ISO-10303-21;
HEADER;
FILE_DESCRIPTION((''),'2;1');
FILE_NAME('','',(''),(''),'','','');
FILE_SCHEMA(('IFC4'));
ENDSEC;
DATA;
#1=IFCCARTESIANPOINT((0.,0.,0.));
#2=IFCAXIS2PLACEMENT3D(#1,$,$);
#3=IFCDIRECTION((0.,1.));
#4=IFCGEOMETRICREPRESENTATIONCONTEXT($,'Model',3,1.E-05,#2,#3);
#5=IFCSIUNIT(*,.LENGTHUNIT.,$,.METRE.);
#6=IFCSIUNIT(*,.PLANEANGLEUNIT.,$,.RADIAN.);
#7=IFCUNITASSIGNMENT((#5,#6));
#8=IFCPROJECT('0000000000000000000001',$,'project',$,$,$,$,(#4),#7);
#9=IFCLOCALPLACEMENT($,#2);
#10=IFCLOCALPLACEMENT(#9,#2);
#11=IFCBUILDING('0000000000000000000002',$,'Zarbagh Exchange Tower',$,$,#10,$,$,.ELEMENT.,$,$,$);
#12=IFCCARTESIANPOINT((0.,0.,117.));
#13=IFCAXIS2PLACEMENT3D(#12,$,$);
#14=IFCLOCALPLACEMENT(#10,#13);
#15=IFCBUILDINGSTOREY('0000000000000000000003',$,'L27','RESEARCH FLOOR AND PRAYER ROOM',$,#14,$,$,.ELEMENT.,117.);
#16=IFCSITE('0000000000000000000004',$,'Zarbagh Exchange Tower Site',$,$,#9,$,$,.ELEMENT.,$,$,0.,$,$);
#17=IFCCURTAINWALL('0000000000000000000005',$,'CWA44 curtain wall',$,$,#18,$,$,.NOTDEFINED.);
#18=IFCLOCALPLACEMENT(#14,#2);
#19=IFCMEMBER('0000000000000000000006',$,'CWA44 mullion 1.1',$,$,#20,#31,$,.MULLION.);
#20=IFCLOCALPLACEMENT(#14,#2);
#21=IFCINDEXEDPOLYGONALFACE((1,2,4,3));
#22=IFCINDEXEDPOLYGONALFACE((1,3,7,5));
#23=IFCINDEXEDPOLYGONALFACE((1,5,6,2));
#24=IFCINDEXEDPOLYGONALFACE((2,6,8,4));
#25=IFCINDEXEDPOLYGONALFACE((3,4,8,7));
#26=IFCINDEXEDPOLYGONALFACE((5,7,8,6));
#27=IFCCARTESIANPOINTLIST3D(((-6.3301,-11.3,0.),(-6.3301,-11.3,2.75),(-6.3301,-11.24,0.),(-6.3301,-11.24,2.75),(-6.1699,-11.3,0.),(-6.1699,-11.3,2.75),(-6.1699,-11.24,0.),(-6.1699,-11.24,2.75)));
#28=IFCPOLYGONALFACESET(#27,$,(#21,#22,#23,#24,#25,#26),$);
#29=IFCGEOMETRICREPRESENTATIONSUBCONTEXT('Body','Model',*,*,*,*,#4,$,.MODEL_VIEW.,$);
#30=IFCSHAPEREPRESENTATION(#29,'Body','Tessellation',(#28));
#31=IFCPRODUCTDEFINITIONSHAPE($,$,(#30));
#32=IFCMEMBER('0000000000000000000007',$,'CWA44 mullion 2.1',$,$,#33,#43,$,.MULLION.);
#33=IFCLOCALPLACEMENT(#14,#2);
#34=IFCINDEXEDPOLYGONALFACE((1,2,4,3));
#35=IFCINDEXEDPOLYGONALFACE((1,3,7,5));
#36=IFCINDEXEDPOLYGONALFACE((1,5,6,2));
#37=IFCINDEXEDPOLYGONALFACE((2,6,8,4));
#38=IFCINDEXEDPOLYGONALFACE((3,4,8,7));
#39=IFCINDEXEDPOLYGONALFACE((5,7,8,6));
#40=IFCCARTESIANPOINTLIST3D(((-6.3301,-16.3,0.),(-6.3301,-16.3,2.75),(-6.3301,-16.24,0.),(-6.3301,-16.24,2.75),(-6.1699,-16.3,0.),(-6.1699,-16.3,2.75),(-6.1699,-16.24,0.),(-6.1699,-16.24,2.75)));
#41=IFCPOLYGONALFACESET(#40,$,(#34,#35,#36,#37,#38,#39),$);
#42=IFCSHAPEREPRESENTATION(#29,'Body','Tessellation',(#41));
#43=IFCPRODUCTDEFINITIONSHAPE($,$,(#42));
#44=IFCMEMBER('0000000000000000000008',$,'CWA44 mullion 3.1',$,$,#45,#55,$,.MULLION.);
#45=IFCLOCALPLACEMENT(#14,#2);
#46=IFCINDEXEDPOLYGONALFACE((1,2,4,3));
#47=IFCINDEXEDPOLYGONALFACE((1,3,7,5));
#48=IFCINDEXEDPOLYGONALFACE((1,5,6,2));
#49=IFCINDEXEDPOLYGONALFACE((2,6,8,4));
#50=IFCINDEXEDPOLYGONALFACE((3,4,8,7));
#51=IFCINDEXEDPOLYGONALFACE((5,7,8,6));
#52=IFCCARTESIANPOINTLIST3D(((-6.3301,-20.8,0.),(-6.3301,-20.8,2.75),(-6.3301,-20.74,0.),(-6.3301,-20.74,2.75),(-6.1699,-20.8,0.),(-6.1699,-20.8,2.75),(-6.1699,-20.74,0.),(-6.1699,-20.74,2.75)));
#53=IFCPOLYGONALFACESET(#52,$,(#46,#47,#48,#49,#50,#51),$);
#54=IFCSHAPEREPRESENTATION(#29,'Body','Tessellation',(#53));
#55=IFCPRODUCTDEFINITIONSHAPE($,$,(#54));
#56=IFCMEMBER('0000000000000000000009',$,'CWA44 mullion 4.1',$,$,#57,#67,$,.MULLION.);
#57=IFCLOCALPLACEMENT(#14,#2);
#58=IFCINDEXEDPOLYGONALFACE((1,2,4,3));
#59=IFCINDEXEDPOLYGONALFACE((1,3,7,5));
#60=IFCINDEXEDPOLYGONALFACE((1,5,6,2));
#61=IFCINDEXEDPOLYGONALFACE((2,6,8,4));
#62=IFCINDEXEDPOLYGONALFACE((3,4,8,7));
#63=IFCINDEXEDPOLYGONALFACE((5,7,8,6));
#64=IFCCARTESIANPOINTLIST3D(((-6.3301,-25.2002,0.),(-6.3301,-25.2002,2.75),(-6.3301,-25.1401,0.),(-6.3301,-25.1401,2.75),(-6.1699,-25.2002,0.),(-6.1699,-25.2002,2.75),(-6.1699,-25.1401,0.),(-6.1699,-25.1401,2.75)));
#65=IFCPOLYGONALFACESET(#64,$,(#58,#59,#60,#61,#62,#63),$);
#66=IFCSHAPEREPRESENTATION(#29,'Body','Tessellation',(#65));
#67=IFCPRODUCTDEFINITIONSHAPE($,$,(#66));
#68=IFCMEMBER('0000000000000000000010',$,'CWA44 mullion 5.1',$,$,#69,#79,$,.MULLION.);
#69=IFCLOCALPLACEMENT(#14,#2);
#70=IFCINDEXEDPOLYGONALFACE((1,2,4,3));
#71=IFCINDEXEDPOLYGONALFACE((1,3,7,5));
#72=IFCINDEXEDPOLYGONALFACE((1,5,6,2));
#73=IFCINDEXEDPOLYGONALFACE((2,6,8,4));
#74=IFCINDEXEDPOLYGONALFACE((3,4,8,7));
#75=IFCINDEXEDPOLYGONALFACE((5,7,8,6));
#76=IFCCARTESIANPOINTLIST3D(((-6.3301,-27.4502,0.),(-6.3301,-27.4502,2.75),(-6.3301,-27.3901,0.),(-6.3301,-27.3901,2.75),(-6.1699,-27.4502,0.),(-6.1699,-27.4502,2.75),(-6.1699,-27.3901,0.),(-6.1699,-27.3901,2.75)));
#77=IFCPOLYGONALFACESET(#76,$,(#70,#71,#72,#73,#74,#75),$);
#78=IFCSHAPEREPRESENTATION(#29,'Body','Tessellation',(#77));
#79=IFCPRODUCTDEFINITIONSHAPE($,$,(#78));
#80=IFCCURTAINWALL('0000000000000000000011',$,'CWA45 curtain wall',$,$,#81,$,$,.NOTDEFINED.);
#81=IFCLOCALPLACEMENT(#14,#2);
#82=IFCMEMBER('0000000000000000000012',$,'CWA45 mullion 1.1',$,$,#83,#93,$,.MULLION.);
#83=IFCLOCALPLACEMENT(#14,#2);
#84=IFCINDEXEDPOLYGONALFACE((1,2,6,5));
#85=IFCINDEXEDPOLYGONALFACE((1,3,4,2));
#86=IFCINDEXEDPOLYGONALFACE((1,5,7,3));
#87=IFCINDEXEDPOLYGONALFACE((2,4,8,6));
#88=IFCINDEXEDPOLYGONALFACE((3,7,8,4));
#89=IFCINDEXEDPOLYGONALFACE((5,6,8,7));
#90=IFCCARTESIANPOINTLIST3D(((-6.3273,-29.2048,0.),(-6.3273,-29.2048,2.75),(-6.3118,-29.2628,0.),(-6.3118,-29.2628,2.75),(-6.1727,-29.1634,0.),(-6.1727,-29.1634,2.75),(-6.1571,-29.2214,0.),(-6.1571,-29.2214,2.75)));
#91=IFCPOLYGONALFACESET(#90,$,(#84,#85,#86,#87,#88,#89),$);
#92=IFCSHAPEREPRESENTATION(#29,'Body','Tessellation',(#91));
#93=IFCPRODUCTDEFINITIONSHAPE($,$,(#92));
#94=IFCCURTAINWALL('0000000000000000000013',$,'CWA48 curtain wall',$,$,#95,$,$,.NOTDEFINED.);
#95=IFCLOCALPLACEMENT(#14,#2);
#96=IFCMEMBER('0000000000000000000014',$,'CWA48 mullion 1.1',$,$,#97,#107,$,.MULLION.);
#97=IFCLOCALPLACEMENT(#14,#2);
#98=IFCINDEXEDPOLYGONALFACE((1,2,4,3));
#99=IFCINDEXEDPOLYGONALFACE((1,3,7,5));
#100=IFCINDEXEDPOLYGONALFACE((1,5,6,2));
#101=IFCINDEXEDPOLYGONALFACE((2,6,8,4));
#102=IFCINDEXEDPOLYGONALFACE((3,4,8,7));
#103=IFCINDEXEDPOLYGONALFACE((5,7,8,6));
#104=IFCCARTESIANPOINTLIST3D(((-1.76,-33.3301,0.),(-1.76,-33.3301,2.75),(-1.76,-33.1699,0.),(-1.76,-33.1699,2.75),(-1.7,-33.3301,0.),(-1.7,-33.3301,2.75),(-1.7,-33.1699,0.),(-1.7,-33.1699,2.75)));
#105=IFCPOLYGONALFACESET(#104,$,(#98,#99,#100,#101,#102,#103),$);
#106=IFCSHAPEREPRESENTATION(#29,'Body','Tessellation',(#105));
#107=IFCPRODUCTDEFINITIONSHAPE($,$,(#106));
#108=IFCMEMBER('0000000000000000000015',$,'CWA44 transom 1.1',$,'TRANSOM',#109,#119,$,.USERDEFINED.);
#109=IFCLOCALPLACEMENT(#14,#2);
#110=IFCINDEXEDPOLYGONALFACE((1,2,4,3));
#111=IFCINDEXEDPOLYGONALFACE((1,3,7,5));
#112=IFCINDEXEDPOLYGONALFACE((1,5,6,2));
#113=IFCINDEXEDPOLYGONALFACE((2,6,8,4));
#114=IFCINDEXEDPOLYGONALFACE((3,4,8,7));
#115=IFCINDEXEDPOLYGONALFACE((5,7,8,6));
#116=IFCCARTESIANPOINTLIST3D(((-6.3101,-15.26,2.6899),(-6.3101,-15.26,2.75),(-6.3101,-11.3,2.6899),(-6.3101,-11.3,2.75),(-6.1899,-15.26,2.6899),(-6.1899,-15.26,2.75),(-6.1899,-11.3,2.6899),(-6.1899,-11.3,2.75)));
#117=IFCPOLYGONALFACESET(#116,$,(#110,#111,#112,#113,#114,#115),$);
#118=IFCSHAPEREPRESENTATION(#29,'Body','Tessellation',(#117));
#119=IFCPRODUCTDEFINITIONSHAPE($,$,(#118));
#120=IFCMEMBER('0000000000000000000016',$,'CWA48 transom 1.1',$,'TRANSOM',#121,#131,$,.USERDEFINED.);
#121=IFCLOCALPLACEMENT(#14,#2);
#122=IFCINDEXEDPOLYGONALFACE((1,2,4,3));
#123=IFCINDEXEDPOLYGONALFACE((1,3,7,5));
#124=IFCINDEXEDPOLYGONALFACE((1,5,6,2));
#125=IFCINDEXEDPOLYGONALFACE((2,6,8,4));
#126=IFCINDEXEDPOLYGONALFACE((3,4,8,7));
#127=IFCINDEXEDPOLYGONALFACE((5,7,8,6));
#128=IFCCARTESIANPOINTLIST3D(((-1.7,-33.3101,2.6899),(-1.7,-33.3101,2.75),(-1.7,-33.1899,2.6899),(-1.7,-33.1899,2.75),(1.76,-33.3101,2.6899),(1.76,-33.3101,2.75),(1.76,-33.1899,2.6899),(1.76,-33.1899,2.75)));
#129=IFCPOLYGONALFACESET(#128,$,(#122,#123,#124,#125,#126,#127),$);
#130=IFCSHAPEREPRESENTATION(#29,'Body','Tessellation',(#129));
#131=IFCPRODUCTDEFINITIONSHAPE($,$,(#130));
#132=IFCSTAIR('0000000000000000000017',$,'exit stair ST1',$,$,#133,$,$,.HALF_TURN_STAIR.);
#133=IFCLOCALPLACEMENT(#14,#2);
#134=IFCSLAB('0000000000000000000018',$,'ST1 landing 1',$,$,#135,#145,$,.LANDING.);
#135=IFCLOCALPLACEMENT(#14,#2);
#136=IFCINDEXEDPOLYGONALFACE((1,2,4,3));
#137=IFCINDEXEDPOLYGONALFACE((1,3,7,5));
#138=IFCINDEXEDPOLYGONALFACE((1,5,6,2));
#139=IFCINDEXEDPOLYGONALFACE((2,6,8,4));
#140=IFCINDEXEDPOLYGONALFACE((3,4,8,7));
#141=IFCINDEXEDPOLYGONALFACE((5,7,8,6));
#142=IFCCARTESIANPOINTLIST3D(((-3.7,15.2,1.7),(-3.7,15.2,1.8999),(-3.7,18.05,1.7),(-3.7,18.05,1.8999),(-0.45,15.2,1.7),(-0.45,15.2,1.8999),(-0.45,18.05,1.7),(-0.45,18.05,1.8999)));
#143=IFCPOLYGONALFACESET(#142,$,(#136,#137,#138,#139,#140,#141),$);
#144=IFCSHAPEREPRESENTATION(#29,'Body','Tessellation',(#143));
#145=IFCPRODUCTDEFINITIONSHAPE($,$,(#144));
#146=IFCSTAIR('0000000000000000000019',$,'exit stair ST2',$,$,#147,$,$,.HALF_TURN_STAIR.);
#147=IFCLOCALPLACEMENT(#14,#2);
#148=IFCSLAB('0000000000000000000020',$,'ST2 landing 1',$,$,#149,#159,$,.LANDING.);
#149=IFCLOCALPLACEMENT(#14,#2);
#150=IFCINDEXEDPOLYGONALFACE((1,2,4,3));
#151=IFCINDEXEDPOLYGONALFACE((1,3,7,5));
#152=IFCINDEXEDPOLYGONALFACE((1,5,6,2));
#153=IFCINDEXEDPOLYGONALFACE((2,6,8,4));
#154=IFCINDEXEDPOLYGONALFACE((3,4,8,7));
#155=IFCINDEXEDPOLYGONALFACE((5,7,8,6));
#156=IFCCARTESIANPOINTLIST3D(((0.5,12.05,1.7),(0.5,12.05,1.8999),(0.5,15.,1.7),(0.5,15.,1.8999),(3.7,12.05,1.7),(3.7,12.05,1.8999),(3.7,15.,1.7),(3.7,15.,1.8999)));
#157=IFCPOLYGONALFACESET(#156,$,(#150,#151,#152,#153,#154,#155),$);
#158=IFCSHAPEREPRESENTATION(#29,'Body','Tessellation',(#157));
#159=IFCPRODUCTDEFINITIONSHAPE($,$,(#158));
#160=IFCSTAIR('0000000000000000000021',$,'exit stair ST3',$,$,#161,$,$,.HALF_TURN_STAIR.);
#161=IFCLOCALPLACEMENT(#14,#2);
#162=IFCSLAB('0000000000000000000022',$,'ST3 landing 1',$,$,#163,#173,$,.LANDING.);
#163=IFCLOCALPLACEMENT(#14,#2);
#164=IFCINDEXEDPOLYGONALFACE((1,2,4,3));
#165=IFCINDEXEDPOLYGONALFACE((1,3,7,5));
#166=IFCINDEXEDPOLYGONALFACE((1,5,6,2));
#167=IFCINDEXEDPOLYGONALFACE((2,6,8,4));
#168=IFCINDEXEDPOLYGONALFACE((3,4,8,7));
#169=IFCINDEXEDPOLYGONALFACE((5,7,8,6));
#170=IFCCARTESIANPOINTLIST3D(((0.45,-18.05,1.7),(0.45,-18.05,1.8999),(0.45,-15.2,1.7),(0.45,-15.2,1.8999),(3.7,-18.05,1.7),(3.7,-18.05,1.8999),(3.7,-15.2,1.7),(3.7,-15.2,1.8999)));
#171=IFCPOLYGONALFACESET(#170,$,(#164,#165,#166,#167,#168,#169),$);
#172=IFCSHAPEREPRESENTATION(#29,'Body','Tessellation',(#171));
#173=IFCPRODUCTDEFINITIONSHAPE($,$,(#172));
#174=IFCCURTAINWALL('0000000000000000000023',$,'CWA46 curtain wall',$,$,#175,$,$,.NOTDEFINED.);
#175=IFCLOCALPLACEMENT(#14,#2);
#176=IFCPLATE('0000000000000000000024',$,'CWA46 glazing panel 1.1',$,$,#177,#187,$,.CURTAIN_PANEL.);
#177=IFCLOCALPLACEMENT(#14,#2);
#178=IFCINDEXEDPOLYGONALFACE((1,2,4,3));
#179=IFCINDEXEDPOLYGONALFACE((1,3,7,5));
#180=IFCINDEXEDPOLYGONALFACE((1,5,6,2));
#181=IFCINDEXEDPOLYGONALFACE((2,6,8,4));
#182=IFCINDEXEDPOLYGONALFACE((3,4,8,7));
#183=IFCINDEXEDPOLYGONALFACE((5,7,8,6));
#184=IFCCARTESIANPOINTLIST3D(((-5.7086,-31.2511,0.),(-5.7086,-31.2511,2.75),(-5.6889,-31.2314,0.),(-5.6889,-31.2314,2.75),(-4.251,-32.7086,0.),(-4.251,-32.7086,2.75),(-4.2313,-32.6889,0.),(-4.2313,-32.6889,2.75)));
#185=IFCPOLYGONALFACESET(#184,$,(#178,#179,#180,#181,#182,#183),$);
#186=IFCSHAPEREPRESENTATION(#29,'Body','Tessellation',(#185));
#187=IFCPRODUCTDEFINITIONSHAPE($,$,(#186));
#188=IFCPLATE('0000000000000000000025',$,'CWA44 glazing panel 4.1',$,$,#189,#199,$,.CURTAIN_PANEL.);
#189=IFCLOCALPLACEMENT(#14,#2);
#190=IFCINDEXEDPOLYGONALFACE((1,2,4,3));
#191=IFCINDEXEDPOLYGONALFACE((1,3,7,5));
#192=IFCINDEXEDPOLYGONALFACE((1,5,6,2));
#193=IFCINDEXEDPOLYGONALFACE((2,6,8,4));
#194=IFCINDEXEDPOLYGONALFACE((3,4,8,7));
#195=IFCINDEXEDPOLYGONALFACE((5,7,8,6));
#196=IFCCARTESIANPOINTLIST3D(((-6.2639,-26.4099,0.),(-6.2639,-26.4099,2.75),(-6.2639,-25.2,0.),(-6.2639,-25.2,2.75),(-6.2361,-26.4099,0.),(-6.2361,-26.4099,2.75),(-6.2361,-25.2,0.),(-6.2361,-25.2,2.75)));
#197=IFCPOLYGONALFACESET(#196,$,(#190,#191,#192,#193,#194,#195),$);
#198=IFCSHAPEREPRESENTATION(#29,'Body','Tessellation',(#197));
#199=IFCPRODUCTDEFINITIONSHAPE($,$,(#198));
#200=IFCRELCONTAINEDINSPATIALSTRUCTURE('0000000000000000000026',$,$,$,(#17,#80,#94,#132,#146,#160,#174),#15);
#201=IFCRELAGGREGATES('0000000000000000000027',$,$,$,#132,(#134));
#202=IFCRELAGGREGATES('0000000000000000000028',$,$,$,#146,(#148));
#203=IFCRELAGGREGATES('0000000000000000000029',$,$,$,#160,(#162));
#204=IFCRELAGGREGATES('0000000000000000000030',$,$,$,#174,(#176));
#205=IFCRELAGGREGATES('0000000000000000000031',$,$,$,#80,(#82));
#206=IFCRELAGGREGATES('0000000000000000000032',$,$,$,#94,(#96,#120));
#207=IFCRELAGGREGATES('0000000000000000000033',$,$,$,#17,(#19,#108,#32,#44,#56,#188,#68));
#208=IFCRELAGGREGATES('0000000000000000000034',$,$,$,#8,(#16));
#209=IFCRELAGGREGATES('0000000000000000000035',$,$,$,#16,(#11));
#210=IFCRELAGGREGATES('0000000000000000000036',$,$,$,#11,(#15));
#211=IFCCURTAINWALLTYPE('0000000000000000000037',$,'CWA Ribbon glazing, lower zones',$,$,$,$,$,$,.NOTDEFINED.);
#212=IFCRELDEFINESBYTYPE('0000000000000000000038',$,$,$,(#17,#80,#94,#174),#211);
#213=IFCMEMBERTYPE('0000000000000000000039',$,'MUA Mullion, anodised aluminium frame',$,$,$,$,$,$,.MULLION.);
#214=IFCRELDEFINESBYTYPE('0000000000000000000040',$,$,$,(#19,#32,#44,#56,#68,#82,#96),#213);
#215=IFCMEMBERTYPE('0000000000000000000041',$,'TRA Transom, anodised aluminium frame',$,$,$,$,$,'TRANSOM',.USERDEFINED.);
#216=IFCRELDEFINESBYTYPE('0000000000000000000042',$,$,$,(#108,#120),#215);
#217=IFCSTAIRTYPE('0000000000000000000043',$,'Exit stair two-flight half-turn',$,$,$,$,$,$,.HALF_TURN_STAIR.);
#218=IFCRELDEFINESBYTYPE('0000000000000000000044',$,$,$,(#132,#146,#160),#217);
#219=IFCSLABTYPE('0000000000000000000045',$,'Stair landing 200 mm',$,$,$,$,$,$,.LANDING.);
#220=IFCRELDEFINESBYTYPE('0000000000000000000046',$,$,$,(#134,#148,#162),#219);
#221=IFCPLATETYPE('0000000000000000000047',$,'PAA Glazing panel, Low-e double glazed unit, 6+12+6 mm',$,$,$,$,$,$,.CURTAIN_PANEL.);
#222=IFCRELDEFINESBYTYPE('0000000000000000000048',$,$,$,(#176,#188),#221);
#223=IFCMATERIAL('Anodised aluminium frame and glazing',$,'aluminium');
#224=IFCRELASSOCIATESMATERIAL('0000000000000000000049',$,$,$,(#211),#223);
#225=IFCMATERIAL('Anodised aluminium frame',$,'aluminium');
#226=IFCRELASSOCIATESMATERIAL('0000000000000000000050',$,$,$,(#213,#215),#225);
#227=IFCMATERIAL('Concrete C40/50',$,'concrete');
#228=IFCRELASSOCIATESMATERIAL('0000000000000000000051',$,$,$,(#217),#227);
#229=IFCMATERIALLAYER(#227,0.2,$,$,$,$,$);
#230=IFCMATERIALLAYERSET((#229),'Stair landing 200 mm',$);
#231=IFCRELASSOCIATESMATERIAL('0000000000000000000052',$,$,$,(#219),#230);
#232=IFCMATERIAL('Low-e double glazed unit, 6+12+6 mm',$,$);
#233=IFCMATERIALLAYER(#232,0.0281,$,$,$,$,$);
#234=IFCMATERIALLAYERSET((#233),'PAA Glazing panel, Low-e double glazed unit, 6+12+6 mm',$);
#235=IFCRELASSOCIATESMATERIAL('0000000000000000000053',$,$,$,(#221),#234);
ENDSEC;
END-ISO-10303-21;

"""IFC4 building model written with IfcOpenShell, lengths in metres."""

from ifc_helpers import new_model, si_unit, direction, frame, origin, place, context, subcontext, project, spatial, polyline, outline, extrude, source, transform, mapped, material, layer, layer_set, type_object, element, aggregate, save


model = new_model("IFC4")

# Units and contexts
model_context = context("Model", 3, precision=1e-05, world=origin(), true_north=direction((0.0, 1.0)))
body_context = subcontext(model_context, "Body", "Model", "MODEL_VIEW")
ifc_project = project(units=[si_unit("LENGTHUNIT", "METRE"), si_unit("PLANEANGLEUNIT", "RADIAN")], contexts=[model_context])

# Site, building, storey
site_placement = place(None, origin())
site = spatial("IfcSite", under=ifc_project, at=site_placement, Name="Zarbagh Exchange Tower Site", CompositionType="ELEMENT", RefElevation=0.0)
building_placement = place(site_placement, origin())
building = spatial("IfcBuilding", under=site, at=building_placement, Name="Zarbagh Exchange Tower", CompositionType="ELEMENT")
storey_placement = place(building_placement, frame((0.0, 0.0, 117.0)))
storey = spatial("IfcBuildingStorey", under=building, at=storey_placement, Name="L27", Description="RESEARCH FLOOR AND PRAYER ROOM", CompositionType="ELEMENT", Elevation=117.0)

# Curtain wall, members
ifc_material_1 = material(Name="Anodised aluminium frame and glazing", Category="aluminium")
curtain_wall_type = type_object("IfcCurtainWallType", Name="CWA Ribbon glazing, lower zones", PredefinedType="NOTDEFINED", material=ifc_material_1)
curtain_wall_1_placement = place(storey_placement, origin())
curtain_wall_1 = element("IfcCurtainWall", 1, at=curtain_wall_1_placement, inside=storey, type_object=curtain_wall_type, Name="CWA44 curtain wall", PredefinedType="NOTDEFINED")
ifc_material_2 = material(Name="Anodised aluminium frame", Category="aluminium")
member_type_1 = type_object("IfcMemberType", Name="MUA Mullion, anodised aluminium frame", PredefinedType="MULLION", material=ifc_material_2)
shared_shape_1 = source(origin(), body_context, "Body", "SweptSolid", [
    extrude(outline(polyline([(0.0, -0.0801), (0.0601, -0.0801), (0.0601, 0.0801), (0.0, 0.0801), (0.0, -0.0801)])), origin(), (0.0, 0.0, 1.0), 2.75),
])
placement = place(storey_placement, origin())
member_1 = element("IfcMember", 2, at=placement, type_object=member_type_1, Name="CWA44 mullion 1.1", PredefinedType="MULLION", context=body_context, shape_type="MappedRepresentation", body=[
    mapped(shared_shape_1, transform((-6.25, -11.24, 0.0), x_axis=(0.0, -1.0, 0.0), y_axis=(1.0, 0.0, 0.0), z_axis=(0.0, 0.0, 1.0))),
])
member_2 = element("IfcMember", 3, at=placement, type_object=member_type_1, Name="CWA44 mullion 2.1", PredefinedType="MULLION", context=body_context, shape_type="MappedRepresentation", body=[
    mapped(shared_shape_1, transform((-6.25, -16.24, 0.0), x_axis=(0.0, -1.0, 0.0), y_axis=(1.0, 0.0, 0.0), z_axis=(0.0, 0.0, 1.0))),
])
member_3 = element("IfcMember", 4, at=placement, type_object=member_type_1, Name="CWA44 mullion 3.1", PredefinedType="MULLION", context=body_context, shape_type="MappedRepresentation", body=[
    mapped(shared_shape_1, transform((-6.25, -20.74, 0.0), x_axis=(0.0, -1.0, 0.0), y_axis=(1.0, 0.0, 0.0), z_axis=(0.0, 0.0, 1.0))),
])
member_4 = element("IfcMember", 5, at=placement, type_object=member_type_1, Name="CWA44 mullion 4.1", PredefinedType="MULLION", context=body_context, shape_type="MappedRepresentation", body=[
    mapped(shared_shape_1, transform((-6.25, -25.1401, 0.0), x_axis=(0.0, -1.0, 0.0), y_axis=(1.0, 0.0, 0.0), z_axis=(0.0, 0.0, 1.0))),
])
member_5 = element("IfcMember", 6, at=placement, type_object=member_type_1, Name="CWA44 mullion 5.1", PredefinedType="MULLION", context=body_context, shape_type="MappedRepresentation", body=[
    mapped(shared_shape_1, transform((-6.25, -27.3901, 0.0), x_axis=(0.0, -1.0, 0.0), y_axis=(1.0, 0.0, 0.0), z_axis=(0.0, 0.0, 1.0))),
])

# Curtain walls, members
curtain_wall_2_placement = place(storey_placement, origin())
curtain_wall_2 = element("IfcCurtainWall", 7, at=curtain_wall_2_placement, inside=storey, type_object=curtain_wall_type, Name="CWA45 curtain wall", PredefinedType="NOTDEFINED")
member_6 = element("IfcMember", 8, at=placement, type_object=member_type_1, Name="CWA45 mullion 1.1", PredefinedType="MULLION", context=body_context, shape_type="MappedRepresentation", body=[
    mapped(shared_shape_1, transform((-6.25, -29.1841, 0.0), x_axis=(0.258825, -0.965924, 0.0), y_axis=(0.965924, 0.258825, 0.0), z_axis=(0.0, 0.0, 1.0))),
])
curtain_wall_3_placement = place(storey_placement, origin())
curtain_wall_3 = element("IfcCurtainWall", 9, at=curtain_wall_3_placement, inside=storey, type_object=curtain_wall_type, Name="CWA48 curtain wall", PredefinedType="NOTDEFINED")
member_7 = element("IfcMember", 10, at=placement, type_object=member_type_1, Name="CWA48 mullion 1.1", PredefinedType="MULLION", context=body_context, shape_type="MappedRepresentation", body=[
    mapped(shared_shape_1, transform((-1.76, -33.25, 0.0), x_axis=(1.0, 0.0, 0.0), y_axis=(0.0, 1.0, 0.0), z_axis=(0.0, 0.0, 1.0))),
])

# Members
member_type_2 = type_object("IfcMemberType", Name="TRA Transom, anodised aluminium frame", ElementType="TRANSOM", PredefinedType="USERDEFINED", material=ifc_material_2)
shared_shape_2 = source(origin(), body_context, "Body", "SweptSolid", [
    extrude(outline(polyline([(-0.0601, -0.0601), (0.0, -0.0601), (0.0, 0.0601), (-0.0601, 0.0601), (-0.0601, -0.0601)])), origin(), (0.0, 0.0, 1.0), 3.96),
])
member_8 = element("IfcMember", 11, at=placement, type_object=member_type_2, Name="CWA44 transom 1.1", ObjectType="TRANSOM", PredefinedType="USERDEFINED", context=body_context, shape_type="MappedRepresentation", body=[
    mapped(shared_shape_2, transform((-6.25, -11.3, 2.75), x_axis=(0.0, 0.0, 1.0), y_axis=(-1.0, 0.0, 0.0), z_axis=(0.0, -1.0, 0.0))),
])
shared_shape_3 = source(origin(), body_context, "Body", "SweptSolid", [
    extrude(outline(polyline([(-0.0601, -0.0601), (0.0, -0.0601), (0.0, 0.0601), (-0.0601, 0.0601), (-0.0601, -0.0601)])), origin(), (0.0, 0.0, 1.0), 3.46),
])
member_9 = element("IfcMember", 12, at=placement, type_object=member_type_2, Name="CWA48 transom 1.1", ObjectType="TRANSOM", PredefinedType="USERDEFINED", context=body_context, shape_type="MappedRepresentation", body=[
    mapped(shared_shape_3, transform((-1.7, -33.25, 2.75), x_axis=(0.0, 0.0, 1.0), y_axis=(0.0, -1.0, 0.0), z_axis=(1.0, 0.0, 0.0))),
])

# Stairs, slabs
ifc_material_3 = material(Name="Concrete C40/50", Category="concrete")
stair_type = type_object("IfcStairType", Name="Exit stair two-flight half-turn", PredefinedType="HALF_TURN_STAIR", material=ifc_material_3)
stair_1_placement = place(storey_placement, origin())
stair_1 = element("IfcStair", 13, at=stair_1_placement, inside=storey, type_object=stair_type, Name="exit stair ST1", PredefinedType="HALF_TURN_STAIR")
ifc_layer_1 = layer(ifc_material_3, 0.2)
ifc_layer_set_1 = layer_set([ifc_layer_1], Name="Stair landing 200 mm")
slab_type = type_object("IfcSlabType", Name="Stair landing 200 mm", PredefinedType="LANDING", material=ifc_layer_set_1)
slab_1_placement = place(storey_placement, frame((0.0, 0.0, 1.7)))
slab_1 = element("IfcSlab", 14, at=slab_1_placement, type_object=slab_type, Name="ST1 landing 1", PredefinedType="LANDING", context=body_context, shape_type="SweptSolid", body=[
    extrude(outline(polyline([(-0.45, 18.05), (-3.7, 18.05), (-3.7, 15.2), (-0.45, 15.2), (-0.45, 18.05)])), origin(), (0.0, 0.0, 1.0), 0.2),
])
aggregate(stair_1, [slab_1])
stair_2_placement = place(storey_placement, origin())
stair_2 = element("IfcStair", 15, at=stair_2_placement, inside=storey, type_object=stair_type, Name="exit stair ST2", PredefinedType="HALF_TURN_STAIR")
slab_2_placement = place(storey_placement, frame((0.0, 0.0, 1.7)))
slab_2 = element("IfcSlab", 16, at=slab_2_placement, type_object=slab_type, Name="ST2 landing 1", PredefinedType="LANDING", context=body_context, shape_type="SweptSolid", body=[
    extrude(outline(polyline([(0.5, 12.05), (3.7, 12.05), (3.7, 15.0), (0.5, 15.0), (0.5, 12.05)])), origin(), (0.0, 0.0, 1.0), 0.2),
])
aggregate(stair_2, [slab_2])
stair_3_placement = place(storey_placement, origin())
stair_3 = element("IfcStair", 17, at=stair_3_placement, inside=storey, type_object=stair_type, Name="exit stair ST3", PredefinedType="HALF_TURN_STAIR")
slab_3_placement = place(storey_placement, frame((0.0, 0.0, 1.7)))
slab_3 = element("IfcSlab", 18, at=slab_3_placement, type_object=slab_type, Name="ST3 landing 1", PredefinedType="LANDING", context=body_context, shape_type="SweptSolid", body=[
    extrude(outline(polyline([(0.45, -18.05), (3.7, -18.05), (3.7, -15.2), (0.45, -15.2), (0.45, -18.05)])), origin(), (0.0, 0.0, 1.0), 0.2),
])
aggregate(stair_3, [slab_3])

# Curtain wall, plate
curtain_wall_4_placement = place(storey_placement, origin())
curtain_wall_4 = element("IfcCurtainWall", 19, at=curtain_wall_4_placement, inside=storey, type_object=curtain_wall_type, Name="CWA46 curtain wall", PredefinedType="NOTDEFINED")
ifc_material_4 = material(Name="Low-e double glazed unit, 6+12+6 mm")
ifc_layer_2 = layer(ifc_material_4, 0.0281)
ifc_layer_set_2 = layer_set([ifc_layer_2], Name="PAA Glazing panel, Low-e double glazed unit, 6+12+6 mm")
plate_type = type_object("IfcPlateType", Name="PAA Glazing panel, Low-e double glazed unit, 6+12+6 mm", PredefinedType="CURTAIN_PANEL", material=ifc_layer_set_2)
shared_shape_4 = source(origin(), body_context, "Body", "SweptSolid", [
    extrude(outline(polyline([(0.0, -0.0139), (2.0613, -0.0139), (2.0613, 0.0139), (0.0, 0.0139), (0.0, -0.0139)])), origin(), (0.0, 0.0, 1.0), 2.75),
])
plate_1 = element("IfcPlate", 20, at=placement, type_object=plate_type, Name="CWA46 glazing panel 1.1", PredefinedType="CURTAIN_PANEL", context=body_context, shape_type="MappedRepresentation", body=[
    mapped(shared_shape_4, transform((-5.6987, -31.2412, 0.0), x_axis=(0.707107, -0.707107, 0.0), y_axis=(0.707107, 0.707107, 0.0), z_axis=(0.0, 0.0, 1.0))),
])
aggregate(curtain_wall_4, [plate_1])

# Plate
shared_shape_5 = source(origin(), body_context, "Body", "SweptSolid", [
    extrude(outline(polyline([(0.0, -0.0139), (1.21, -0.0139), (1.21, 0.0139), (0.0, 0.0139), (0.0, -0.0139)])), origin(), (0.0, 0.0, 1.0), 2.75),
])
plate_2 = element("IfcPlate", 21, at=placement, type_object=plate_type, Name="CWA44 glazing panel 4.1", PredefinedType="CURTAIN_PANEL", context=body_context, shape_type="MappedRepresentation", body=[
    mapped(shared_shape_5, transform((-6.25, -25.2, 0.0), x_axis=(0.0, -1.0, 0.0), y_axis=(1.0, 0.0, 0.0), z_axis=(0.0, 0.0, 1.0))),
])

aggregate(curtain_wall_2, [member_6])

aggregate(curtain_wall_3, [member_7, member_9])
aggregate(curtain_wall_1, [member_1, member_8, member_2, member_3, member_4, plate_2, member_5])

save(model, "model.ifc")
